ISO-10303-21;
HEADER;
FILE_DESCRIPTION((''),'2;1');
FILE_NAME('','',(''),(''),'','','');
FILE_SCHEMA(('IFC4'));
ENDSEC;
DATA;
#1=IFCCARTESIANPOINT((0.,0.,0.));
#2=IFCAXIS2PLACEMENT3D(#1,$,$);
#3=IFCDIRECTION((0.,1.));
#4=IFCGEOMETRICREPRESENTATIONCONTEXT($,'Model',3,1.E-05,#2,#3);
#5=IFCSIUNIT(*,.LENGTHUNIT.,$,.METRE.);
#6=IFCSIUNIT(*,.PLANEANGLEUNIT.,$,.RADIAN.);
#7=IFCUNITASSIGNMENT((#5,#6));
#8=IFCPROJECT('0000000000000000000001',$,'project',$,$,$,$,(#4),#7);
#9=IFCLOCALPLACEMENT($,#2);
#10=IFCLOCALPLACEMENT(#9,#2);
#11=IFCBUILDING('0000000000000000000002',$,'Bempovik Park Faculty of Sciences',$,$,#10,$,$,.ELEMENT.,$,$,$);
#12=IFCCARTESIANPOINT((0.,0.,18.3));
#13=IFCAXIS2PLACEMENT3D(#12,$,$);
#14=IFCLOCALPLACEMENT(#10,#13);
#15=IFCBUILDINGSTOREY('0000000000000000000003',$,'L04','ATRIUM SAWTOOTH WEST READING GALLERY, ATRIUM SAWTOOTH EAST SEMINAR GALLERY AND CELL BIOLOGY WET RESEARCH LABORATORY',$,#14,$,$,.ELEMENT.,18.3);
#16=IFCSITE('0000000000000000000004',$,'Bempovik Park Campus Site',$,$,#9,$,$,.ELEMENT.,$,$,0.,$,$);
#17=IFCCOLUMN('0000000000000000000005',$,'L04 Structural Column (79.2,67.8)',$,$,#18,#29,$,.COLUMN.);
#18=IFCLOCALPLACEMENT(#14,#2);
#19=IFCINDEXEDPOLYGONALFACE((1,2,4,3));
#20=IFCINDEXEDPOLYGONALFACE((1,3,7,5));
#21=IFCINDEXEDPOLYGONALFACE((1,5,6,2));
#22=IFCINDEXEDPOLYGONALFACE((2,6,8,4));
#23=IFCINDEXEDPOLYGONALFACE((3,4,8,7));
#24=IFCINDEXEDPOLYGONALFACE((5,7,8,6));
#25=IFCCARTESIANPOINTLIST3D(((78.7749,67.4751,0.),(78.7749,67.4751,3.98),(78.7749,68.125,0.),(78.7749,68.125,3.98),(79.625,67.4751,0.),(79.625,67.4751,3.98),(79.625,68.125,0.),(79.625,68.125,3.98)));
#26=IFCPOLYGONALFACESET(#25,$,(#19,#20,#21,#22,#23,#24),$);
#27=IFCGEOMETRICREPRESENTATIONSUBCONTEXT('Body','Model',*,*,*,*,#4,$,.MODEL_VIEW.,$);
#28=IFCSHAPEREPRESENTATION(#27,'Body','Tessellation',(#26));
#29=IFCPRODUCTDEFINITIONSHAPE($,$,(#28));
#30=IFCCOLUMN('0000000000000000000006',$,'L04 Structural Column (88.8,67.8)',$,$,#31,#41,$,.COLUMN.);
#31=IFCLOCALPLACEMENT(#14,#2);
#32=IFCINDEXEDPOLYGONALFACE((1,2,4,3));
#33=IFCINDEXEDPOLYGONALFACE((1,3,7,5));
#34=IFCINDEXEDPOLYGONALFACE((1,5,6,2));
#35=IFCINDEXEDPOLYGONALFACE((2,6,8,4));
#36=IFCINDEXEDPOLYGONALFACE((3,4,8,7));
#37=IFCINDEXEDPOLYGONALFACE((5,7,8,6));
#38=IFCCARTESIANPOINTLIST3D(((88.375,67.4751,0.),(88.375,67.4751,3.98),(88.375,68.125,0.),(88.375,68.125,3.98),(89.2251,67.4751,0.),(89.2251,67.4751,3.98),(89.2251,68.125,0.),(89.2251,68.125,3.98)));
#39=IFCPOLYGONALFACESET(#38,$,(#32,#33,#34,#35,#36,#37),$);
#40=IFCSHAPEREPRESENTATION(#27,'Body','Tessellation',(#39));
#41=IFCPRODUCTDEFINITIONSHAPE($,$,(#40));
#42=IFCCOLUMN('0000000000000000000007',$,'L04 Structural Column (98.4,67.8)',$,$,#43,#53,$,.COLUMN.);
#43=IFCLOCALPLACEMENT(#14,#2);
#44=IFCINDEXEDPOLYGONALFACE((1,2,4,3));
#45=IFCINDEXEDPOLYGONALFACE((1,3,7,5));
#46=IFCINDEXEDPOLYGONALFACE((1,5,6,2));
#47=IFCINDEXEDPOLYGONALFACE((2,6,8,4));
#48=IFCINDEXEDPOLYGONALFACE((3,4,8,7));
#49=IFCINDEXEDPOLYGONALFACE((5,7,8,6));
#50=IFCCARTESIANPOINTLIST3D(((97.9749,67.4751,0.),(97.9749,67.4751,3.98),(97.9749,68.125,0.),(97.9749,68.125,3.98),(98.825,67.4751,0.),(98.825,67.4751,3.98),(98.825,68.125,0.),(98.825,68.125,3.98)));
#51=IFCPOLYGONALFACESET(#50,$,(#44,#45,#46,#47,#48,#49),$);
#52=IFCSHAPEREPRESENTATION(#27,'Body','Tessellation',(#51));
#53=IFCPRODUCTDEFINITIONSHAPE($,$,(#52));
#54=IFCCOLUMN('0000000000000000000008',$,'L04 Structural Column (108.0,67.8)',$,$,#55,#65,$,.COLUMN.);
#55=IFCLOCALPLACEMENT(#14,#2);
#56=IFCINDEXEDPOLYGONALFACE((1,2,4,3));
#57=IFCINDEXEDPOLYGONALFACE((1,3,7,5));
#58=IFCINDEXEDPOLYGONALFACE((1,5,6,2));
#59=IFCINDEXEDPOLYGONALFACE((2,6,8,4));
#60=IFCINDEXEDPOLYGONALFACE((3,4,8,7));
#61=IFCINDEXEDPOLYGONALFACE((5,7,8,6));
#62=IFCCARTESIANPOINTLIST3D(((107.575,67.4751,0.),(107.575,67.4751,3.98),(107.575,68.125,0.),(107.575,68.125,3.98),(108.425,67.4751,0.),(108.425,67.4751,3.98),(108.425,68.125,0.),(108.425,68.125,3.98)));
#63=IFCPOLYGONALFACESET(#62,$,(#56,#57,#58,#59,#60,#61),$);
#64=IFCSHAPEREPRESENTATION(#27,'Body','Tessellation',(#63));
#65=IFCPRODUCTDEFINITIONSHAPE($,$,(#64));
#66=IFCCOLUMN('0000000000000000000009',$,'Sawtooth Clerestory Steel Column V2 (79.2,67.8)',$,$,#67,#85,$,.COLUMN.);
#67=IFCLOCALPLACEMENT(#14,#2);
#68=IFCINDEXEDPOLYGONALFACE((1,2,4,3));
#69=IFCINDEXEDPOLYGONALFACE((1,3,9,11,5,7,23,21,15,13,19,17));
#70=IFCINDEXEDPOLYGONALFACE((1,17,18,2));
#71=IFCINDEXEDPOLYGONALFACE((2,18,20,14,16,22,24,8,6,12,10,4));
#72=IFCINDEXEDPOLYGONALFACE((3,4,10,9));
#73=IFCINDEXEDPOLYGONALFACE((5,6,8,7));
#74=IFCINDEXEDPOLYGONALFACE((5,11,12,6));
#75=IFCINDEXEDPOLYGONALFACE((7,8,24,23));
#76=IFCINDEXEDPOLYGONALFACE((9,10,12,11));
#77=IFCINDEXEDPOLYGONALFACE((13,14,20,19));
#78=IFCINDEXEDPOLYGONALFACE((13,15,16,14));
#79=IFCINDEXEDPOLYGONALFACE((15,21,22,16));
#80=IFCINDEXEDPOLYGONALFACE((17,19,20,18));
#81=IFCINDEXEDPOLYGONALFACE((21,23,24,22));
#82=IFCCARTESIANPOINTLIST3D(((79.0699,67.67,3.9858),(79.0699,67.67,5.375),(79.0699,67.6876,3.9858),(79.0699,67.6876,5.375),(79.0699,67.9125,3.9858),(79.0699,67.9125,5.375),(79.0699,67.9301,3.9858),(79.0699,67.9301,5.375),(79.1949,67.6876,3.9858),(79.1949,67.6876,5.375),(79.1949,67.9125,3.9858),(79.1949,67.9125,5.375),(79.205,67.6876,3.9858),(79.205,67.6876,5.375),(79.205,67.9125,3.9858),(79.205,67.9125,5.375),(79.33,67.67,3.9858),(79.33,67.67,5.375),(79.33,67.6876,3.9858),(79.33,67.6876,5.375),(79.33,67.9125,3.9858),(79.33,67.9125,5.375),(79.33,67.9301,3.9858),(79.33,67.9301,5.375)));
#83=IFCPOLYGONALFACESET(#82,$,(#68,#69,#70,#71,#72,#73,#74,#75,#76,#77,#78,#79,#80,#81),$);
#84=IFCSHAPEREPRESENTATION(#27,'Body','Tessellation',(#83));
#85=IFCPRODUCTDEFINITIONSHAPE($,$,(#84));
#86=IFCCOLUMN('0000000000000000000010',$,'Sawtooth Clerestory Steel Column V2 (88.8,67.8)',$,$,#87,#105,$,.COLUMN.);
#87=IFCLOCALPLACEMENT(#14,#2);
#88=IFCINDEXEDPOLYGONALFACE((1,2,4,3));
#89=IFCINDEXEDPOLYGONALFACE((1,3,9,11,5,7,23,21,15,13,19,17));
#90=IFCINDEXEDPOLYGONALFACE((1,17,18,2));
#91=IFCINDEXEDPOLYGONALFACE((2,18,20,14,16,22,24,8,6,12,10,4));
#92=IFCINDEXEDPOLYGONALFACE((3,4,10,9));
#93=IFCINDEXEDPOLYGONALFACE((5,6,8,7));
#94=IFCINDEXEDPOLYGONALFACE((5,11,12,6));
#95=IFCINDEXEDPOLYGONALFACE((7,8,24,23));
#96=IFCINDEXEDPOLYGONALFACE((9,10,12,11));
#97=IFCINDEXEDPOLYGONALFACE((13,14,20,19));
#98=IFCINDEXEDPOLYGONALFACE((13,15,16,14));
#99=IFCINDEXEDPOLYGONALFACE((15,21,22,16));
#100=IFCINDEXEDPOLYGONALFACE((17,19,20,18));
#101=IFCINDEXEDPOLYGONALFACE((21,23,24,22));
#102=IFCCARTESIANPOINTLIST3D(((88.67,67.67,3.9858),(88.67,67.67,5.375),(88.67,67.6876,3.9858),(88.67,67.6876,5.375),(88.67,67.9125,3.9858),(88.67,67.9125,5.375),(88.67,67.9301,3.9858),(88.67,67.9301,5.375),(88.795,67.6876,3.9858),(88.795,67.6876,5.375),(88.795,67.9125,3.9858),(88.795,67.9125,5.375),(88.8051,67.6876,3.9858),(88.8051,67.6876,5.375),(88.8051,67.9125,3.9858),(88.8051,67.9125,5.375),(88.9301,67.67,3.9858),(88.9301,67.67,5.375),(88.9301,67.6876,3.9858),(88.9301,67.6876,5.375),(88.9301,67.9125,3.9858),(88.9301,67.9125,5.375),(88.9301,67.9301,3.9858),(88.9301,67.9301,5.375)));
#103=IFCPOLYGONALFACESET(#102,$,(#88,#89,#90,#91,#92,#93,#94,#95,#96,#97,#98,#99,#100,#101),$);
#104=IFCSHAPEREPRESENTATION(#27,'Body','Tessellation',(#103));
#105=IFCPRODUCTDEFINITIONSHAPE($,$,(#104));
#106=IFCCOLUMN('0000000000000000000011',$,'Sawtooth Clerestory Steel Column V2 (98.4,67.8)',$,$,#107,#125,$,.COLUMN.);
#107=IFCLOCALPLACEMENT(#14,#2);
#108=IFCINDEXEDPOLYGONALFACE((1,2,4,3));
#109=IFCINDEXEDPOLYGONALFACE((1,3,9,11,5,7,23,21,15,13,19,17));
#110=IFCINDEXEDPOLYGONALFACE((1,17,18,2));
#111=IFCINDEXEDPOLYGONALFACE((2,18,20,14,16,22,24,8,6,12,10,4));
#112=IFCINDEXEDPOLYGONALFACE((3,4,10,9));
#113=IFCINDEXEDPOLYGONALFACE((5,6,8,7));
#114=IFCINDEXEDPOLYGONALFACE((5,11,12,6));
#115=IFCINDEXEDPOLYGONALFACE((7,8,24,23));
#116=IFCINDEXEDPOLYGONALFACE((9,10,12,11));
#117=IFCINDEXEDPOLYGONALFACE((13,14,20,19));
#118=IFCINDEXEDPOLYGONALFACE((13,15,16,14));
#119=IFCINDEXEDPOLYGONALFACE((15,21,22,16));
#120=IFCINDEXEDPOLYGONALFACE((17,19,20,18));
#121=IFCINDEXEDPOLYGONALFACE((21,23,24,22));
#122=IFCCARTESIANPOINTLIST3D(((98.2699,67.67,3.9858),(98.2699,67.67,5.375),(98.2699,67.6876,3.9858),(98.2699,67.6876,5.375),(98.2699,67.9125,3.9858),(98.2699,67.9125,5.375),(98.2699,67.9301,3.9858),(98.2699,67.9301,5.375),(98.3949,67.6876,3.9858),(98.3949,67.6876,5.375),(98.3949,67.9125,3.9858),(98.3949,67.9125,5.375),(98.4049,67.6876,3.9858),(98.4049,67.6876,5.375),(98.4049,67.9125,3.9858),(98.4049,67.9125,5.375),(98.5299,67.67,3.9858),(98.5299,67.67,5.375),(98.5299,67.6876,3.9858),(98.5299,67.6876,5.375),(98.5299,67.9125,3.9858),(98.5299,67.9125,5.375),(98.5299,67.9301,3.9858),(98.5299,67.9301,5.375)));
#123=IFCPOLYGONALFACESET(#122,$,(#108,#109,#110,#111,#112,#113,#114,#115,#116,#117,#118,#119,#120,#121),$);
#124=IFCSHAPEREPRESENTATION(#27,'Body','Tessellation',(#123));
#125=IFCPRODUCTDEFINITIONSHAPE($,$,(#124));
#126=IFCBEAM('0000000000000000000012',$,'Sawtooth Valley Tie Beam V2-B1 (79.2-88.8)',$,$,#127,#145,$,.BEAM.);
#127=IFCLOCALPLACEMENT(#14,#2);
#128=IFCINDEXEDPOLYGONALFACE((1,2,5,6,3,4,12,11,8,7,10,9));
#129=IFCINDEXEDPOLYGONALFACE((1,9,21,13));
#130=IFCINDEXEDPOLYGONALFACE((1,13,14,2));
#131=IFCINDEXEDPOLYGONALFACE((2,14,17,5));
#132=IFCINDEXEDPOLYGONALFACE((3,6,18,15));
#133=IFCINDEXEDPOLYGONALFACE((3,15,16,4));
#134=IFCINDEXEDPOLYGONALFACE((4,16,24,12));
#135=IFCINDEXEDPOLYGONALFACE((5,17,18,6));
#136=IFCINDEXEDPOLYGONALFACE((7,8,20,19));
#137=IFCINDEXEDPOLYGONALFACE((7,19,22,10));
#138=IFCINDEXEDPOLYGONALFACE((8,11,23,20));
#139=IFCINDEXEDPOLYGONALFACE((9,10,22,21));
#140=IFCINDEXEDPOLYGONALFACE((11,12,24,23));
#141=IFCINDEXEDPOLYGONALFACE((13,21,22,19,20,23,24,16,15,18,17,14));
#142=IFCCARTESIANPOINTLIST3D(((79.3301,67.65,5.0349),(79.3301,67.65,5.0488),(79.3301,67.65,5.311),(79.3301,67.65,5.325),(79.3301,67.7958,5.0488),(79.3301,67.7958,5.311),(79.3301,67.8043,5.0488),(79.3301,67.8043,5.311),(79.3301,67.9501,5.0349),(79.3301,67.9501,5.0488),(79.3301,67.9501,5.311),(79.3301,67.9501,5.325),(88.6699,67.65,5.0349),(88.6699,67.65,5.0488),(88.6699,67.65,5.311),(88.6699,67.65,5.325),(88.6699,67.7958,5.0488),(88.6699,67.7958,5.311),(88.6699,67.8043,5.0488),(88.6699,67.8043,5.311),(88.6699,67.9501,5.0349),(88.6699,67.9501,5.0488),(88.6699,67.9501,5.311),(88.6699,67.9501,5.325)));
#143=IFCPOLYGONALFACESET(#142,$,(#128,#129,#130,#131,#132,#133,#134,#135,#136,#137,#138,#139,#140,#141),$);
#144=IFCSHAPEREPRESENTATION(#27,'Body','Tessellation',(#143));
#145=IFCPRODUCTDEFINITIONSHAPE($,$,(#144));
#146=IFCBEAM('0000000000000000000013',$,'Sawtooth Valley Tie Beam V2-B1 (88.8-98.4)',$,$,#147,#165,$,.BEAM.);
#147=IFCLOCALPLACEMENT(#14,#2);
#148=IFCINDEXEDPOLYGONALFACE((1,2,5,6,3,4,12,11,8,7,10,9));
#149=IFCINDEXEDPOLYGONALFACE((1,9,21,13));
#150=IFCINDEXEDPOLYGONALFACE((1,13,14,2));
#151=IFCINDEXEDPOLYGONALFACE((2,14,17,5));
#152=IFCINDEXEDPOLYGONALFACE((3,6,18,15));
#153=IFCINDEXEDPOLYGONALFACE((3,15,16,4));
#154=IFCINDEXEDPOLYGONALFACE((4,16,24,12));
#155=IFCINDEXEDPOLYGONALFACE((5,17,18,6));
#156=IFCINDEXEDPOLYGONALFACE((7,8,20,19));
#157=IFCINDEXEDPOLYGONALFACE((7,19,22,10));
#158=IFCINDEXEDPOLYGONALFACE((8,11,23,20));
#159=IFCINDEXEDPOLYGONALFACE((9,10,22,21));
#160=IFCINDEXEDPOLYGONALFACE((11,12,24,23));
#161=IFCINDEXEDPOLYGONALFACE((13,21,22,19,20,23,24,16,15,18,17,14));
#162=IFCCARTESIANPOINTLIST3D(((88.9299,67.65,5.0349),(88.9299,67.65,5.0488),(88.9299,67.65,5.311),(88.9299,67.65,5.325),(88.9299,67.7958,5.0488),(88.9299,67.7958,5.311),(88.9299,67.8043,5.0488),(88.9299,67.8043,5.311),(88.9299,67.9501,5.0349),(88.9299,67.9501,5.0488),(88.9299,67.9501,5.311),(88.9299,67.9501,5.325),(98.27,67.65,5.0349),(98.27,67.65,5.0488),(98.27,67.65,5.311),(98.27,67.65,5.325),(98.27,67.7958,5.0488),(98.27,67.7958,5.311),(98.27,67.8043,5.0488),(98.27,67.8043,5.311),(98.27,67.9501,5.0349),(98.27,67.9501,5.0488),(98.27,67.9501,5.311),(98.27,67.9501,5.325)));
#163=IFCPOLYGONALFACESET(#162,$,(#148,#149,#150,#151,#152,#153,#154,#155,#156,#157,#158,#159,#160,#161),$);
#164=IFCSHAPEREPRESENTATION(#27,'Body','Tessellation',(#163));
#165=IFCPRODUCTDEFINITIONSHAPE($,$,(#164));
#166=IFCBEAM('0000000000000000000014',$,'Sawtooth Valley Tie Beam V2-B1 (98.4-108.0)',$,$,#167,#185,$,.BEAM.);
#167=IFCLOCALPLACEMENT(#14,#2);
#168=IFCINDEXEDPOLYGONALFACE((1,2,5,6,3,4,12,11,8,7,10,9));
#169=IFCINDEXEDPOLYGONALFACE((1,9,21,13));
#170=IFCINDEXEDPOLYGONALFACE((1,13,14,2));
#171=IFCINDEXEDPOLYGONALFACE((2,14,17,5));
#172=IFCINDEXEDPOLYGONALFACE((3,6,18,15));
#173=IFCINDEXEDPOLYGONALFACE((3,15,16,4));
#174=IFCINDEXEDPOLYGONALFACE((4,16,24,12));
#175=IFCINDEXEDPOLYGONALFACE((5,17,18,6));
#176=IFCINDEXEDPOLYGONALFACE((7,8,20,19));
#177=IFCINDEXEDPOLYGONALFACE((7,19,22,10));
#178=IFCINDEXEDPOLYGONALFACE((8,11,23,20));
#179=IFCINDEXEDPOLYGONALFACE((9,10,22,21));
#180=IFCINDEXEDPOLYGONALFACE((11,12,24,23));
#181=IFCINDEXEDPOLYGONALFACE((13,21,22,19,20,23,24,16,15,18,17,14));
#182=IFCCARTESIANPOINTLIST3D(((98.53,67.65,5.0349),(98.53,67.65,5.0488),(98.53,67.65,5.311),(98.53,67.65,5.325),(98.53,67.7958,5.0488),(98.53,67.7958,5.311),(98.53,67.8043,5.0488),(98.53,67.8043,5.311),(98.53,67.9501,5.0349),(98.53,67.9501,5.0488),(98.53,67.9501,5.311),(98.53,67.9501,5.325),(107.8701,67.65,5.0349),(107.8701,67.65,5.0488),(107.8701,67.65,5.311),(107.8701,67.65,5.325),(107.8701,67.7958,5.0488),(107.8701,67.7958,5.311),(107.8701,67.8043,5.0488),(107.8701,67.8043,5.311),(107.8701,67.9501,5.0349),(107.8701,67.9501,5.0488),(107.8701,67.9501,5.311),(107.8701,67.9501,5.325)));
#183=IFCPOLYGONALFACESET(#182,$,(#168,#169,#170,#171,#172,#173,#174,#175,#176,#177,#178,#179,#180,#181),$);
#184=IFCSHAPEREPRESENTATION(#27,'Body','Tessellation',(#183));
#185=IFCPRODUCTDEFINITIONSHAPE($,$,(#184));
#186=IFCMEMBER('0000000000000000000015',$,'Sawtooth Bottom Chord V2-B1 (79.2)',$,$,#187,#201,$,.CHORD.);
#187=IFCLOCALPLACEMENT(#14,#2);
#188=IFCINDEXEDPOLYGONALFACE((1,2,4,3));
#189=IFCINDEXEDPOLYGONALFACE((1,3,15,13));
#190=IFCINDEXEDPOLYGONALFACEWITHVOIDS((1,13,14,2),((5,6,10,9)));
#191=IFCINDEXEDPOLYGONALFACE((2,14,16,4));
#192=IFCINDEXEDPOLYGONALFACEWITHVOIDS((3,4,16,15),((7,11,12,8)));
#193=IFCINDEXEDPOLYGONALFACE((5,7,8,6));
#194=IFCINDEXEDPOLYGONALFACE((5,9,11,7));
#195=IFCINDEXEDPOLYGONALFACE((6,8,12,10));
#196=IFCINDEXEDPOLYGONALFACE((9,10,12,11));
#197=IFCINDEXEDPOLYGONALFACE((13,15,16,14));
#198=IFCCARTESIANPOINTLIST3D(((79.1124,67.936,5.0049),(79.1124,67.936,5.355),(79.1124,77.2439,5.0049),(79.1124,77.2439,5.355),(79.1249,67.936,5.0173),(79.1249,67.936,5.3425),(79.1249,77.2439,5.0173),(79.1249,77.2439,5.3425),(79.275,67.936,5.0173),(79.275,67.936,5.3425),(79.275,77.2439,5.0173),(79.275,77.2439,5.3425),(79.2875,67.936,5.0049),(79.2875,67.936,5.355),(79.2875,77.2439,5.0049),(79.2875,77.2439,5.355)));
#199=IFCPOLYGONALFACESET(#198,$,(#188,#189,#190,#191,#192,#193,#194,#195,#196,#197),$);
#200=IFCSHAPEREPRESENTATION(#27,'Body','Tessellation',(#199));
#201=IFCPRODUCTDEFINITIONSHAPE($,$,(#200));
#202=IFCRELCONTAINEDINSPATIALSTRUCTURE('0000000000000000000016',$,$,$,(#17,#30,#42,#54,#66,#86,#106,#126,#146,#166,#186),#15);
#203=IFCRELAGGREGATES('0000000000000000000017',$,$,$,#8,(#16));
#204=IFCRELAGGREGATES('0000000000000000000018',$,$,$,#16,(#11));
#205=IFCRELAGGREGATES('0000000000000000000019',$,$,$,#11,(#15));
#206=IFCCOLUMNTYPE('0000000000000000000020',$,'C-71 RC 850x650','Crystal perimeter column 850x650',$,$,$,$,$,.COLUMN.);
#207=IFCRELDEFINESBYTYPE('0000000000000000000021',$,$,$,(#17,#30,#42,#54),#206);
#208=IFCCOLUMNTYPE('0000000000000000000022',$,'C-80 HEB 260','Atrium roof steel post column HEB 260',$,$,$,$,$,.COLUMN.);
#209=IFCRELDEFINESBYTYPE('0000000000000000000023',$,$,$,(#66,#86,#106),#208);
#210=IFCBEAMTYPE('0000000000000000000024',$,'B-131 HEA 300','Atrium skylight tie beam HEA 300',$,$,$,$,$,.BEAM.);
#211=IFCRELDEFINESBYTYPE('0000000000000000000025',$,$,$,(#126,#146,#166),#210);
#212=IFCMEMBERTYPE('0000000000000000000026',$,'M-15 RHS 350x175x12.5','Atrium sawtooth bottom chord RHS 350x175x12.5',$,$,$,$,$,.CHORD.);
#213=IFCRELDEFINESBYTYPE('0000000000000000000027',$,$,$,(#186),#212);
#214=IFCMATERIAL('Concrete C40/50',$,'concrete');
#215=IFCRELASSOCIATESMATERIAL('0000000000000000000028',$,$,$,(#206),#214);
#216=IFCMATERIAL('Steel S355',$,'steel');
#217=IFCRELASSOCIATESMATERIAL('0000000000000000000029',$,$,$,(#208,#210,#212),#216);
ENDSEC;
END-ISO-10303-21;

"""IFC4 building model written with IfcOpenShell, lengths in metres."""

from ifc_helpers import new_model, si_unit, direction, frame, origin, origin_2d, place, context, subcontext, project, spatial, rectangle, hollow_rectangle, i_section, extrude, material, material_profile, profile_set, type_object, element, save


model = new_model("IFC4")

# Units and contexts
model_context = context("Model", 3, precision=1e-05, world=origin(), true_north=direction((0.0, 1.0)))
body_context = subcontext(model_context, "Body", "Model", "MODEL_VIEW")
ifc_project = project(units=[si_unit("LENGTHUNIT", "METRE"), si_unit("PLANEANGLEUNIT", "RADIAN")], contexts=[model_context])

# Site, building, storey
site_placement = place(None, origin())
site = spatial("IfcSite", under=ifc_project, at=site_placement, Name="Bempovik Park Campus Site", CompositionType="ELEMENT", RefElevation=0.0)
building_placement = place(site_placement, origin())
building = spatial("IfcBuilding", under=site, at=building_placement, Name="Bempovik Park Faculty of Sciences", CompositionType="ELEMENT")
storey_placement = place(building_placement, frame((0.0, 0.0, 18.3)))
storey = spatial("IfcBuildingStorey", under=building, at=storey_placement, Name="L04", Description="ATRIUM SAWTOOTH WEST READING GALLERY, ATRIUM SAWTOOTH EAST SEMINAR GALLERY AND CELL BIOLOGY WET RESEARCH LABORATORY", CompositionType="ELEMENT", Elevation=18.3)

# Columns
ifc_material_1 = material(Name="Concrete C40/50", Category="concrete")
ifc_material_profile_1 = material_profile(ifc_material_1, rectangle(XDim=0.8501, YDim=0.6499, at=origin_2d()), Name="RC 850x650")
ifc_profile_set_1 = profile_set([ifc_material_profile_1], Name="Concrete C40/50")
column_type_1 = type_object("IfcColumnType", Name="C-71 RC 850x650", Description="Crystal perimeter column 850x650", PredefinedType="COLUMN", material=ifc_profile_set_1)
for number, where, z_axis, x_axis, name in (
    (1, (79.2, 67.8, 0.0), (0.0, 0.0, 1.0), (1.0, 0.0, 0.0), "L04 Structural Column (79.2,67.8)"),
    (2, (88.8, 67.8, 0.0), (0.0, 0.0, 1.0), (1.0, 0.0, 0.0), "L04 Structural Column (88.8,67.8)"),
    (3, (98.3999, 67.8, 0.0), (0.0, 0.0, 1.0), (1.0, 0.0, 0.0), "L04 Structural Column (98.4,67.8)"),
    (4, (108.0, 67.8, 0.0), (0.0, 0.0, 1.0), (1.0, 0.0, 0.0), "L04 Structural Column (108.0,67.8)"),
):
    element("IfcColumn", number, at=place(storey_placement, frame(where, z_axis=z_axis, x_axis=x_axis)), inside=storey, type_object=column_type_1, Name=name, PredefinedType="COLUMN", context=body_context, shape_type="SweptSolid", body=[
        extrude(rectangle(XDim=0.8501, YDim=0.6499, at=origin_2d()), origin(), (0.0, 0.0, 1.0), 3.98),
    ])
ifc_material_2 = material(Name="Steel S355", Category="steel")
ifc_material_profile_2 = material_profile(ifc_material_2, i_section(OverallWidth=0.26, OverallDepth=0.26, WebThickness=0.01, FlangeThickness=0.0176, at=origin_2d()), Name="HEB 260")
ifc_profile_set_2 = profile_set([ifc_material_profile_2], Name="Steel S355")
column_type_2 = type_object("IfcColumnType", Name="C-80 HEB 260", Description="Atrium roof steel post column HEB 260", PredefinedType="COLUMN", material=ifc_profile_set_2)
for number, where, z_axis, x_axis, name in (
    (5, (79.2, 67.8, 3.9858), (0.0, 0.0, 1.0), (1.0, 0.0, 0.0), "Sawtooth Clerestory Steel Column V2 (79.2,67.8)"),
    (6, (88.8, 67.8, 3.9858), (0.0, 0.0, 1.0), (1.0, 0.0, 0.0), "Sawtooth Clerestory Steel Column V2 (88.8,67.8)"),
    (7, (98.3999, 67.8, 3.9858), (0.0, 0.0, 1.0), (1.0, 0.0, 0.0), "Sawtooth Clerestory Steel Column V2 (98.4,67.8)"),
):
    element("IfcColumn", number, at=place(storey_placement, frame(where, z_axis=z_axis, x_axis=x_axis)), inside=storey, type_object=column_type_2, Name=name, PredefinedType="COLUMN", context=body_context, shape_type="SweptSolid", body=[
        extrude(i_section(OverallWidth=0.26, OverallDepth=0.26, WebThickness=0.01, FlangeThickness=0.0176, at=origin_2d()), origin(), (0.0, 0.0, 1.0), 1.3892),
    ])

# Beams
ifc_material_profile_3 = material_profile(ifc_material_2, i_section(OverallWidth=0.3, OverallDepth=0.29, WebThickness=0.0085, FlangeThickness=0.0139, at=origin_2d()), Name="HEA 300")
ifc_profile_set_3 = profile_set([ifc_material_profile_3], Name="Steel S355")
beam_type = type_object("IfcBeamType", Name="B-131 HEA 300", Description="Atrium skylight tie beam HEA 300", PredefinedType="BEAM", material=ifc_profile_set_3)
beam_placement = place(storey_placement, frame((79.3301, 67.8, 5.1799), z_axis=(1.0, 0.0, 0.0), x_axis=(0.0, 1.0, 0.0)))
element("IfcBeam", 8, at=beam_placement, inside=storey, type_object=beam_type, Name="Sawtooth Valley Tie Beam V2-B1 (79.2-88.8)", PredefinedType="BEAM", context=body_context, shape_type="SweptSolid", body=[
    extrude(i_section(OverallWidth=0.3, OverallDepth=0.29, WebThickness=0.0085, FlangeThickness=0.0139, at=origin_2d()), origin(), (0.0, 0.0, 1.0), 9.3398),
])
for number, where, z_axis, x_axis, name in (
    (9, (88.9299, 67.8, 5.1799), (1.0, 0.0, 0.0), (0.0, 1.0, 0.0), "Sawtooth Valley Tie Beam V2-B1 (88.8-98.4)"),
    (10, (98.53, 67.8, 5.1799), (1.0, 0.0, 0.0), (0.0, 1.0, 0.0), "Sawtooth Valley Tie Beam V2-B1 (98.4-108.0)"),
):
    element("IfcBeam", number, at=place(storey_placement, frame(where, z_axis=z_axis, x_axis=x_axis)), inside=storey, type_object=beam_type, Name=name, PredefinedType="BEAM", context=body_context, shape_type="SweptSolid", body=[
        extrude(i_section(OverallWidth=0.3, OverallDepth=0.29, WebThickness=0.0085, FlangeThickness=0.0139, at=origin_2d()), origin(), (0.0, 0.0, 1.0), 9.3401),
    ])

# Member
ifc_material_profile_4 = material_profile(ifc_material_2, hollow_rectangle(XDim=0.175, YDim=0.3501, WallThickness=0.0125, at=origin_2d()), Name="RHS 350x175x12.5")
ifc_profile_set_4 = profile_set([ifc_material_profile_4], Name="Steel S355")
member_type_1 = type_object("IfcMemberType", Name="M-15 RHS 350x175x12.5", Description="Atrium sawtooth bottom chord RHS 350x175x12.5", PredefinedType="CHORD", material=ifc_profile_set_4)
for number, where, z_axis, x_axis, name in (
    (11, (79.2, 67.936, 5.1799), (0.0, 1.0, 0.0), (-1.0, 0.0, 0.0), "Sawtooth Bottom Chord V2-B1 (79.2)"),
):
    element("IfcMember", number, at=place(storey_placement, frame(where, z_axis=z_axis, x_axis=x_axis)), inside=storey, type_object=member_type_1, Name=name, PredefinedType="CHORD", context=body_context, shape_type="SweptSolid", body=[
        extrude(hollow_rectangle(XDim=0.175, YDim=0.3501, WallThickness=0.0125, at=origin_2d()), origin(), (0.0, 0.0, 1.0), 9.3079),
    ])

save(model, "model.ifc")
